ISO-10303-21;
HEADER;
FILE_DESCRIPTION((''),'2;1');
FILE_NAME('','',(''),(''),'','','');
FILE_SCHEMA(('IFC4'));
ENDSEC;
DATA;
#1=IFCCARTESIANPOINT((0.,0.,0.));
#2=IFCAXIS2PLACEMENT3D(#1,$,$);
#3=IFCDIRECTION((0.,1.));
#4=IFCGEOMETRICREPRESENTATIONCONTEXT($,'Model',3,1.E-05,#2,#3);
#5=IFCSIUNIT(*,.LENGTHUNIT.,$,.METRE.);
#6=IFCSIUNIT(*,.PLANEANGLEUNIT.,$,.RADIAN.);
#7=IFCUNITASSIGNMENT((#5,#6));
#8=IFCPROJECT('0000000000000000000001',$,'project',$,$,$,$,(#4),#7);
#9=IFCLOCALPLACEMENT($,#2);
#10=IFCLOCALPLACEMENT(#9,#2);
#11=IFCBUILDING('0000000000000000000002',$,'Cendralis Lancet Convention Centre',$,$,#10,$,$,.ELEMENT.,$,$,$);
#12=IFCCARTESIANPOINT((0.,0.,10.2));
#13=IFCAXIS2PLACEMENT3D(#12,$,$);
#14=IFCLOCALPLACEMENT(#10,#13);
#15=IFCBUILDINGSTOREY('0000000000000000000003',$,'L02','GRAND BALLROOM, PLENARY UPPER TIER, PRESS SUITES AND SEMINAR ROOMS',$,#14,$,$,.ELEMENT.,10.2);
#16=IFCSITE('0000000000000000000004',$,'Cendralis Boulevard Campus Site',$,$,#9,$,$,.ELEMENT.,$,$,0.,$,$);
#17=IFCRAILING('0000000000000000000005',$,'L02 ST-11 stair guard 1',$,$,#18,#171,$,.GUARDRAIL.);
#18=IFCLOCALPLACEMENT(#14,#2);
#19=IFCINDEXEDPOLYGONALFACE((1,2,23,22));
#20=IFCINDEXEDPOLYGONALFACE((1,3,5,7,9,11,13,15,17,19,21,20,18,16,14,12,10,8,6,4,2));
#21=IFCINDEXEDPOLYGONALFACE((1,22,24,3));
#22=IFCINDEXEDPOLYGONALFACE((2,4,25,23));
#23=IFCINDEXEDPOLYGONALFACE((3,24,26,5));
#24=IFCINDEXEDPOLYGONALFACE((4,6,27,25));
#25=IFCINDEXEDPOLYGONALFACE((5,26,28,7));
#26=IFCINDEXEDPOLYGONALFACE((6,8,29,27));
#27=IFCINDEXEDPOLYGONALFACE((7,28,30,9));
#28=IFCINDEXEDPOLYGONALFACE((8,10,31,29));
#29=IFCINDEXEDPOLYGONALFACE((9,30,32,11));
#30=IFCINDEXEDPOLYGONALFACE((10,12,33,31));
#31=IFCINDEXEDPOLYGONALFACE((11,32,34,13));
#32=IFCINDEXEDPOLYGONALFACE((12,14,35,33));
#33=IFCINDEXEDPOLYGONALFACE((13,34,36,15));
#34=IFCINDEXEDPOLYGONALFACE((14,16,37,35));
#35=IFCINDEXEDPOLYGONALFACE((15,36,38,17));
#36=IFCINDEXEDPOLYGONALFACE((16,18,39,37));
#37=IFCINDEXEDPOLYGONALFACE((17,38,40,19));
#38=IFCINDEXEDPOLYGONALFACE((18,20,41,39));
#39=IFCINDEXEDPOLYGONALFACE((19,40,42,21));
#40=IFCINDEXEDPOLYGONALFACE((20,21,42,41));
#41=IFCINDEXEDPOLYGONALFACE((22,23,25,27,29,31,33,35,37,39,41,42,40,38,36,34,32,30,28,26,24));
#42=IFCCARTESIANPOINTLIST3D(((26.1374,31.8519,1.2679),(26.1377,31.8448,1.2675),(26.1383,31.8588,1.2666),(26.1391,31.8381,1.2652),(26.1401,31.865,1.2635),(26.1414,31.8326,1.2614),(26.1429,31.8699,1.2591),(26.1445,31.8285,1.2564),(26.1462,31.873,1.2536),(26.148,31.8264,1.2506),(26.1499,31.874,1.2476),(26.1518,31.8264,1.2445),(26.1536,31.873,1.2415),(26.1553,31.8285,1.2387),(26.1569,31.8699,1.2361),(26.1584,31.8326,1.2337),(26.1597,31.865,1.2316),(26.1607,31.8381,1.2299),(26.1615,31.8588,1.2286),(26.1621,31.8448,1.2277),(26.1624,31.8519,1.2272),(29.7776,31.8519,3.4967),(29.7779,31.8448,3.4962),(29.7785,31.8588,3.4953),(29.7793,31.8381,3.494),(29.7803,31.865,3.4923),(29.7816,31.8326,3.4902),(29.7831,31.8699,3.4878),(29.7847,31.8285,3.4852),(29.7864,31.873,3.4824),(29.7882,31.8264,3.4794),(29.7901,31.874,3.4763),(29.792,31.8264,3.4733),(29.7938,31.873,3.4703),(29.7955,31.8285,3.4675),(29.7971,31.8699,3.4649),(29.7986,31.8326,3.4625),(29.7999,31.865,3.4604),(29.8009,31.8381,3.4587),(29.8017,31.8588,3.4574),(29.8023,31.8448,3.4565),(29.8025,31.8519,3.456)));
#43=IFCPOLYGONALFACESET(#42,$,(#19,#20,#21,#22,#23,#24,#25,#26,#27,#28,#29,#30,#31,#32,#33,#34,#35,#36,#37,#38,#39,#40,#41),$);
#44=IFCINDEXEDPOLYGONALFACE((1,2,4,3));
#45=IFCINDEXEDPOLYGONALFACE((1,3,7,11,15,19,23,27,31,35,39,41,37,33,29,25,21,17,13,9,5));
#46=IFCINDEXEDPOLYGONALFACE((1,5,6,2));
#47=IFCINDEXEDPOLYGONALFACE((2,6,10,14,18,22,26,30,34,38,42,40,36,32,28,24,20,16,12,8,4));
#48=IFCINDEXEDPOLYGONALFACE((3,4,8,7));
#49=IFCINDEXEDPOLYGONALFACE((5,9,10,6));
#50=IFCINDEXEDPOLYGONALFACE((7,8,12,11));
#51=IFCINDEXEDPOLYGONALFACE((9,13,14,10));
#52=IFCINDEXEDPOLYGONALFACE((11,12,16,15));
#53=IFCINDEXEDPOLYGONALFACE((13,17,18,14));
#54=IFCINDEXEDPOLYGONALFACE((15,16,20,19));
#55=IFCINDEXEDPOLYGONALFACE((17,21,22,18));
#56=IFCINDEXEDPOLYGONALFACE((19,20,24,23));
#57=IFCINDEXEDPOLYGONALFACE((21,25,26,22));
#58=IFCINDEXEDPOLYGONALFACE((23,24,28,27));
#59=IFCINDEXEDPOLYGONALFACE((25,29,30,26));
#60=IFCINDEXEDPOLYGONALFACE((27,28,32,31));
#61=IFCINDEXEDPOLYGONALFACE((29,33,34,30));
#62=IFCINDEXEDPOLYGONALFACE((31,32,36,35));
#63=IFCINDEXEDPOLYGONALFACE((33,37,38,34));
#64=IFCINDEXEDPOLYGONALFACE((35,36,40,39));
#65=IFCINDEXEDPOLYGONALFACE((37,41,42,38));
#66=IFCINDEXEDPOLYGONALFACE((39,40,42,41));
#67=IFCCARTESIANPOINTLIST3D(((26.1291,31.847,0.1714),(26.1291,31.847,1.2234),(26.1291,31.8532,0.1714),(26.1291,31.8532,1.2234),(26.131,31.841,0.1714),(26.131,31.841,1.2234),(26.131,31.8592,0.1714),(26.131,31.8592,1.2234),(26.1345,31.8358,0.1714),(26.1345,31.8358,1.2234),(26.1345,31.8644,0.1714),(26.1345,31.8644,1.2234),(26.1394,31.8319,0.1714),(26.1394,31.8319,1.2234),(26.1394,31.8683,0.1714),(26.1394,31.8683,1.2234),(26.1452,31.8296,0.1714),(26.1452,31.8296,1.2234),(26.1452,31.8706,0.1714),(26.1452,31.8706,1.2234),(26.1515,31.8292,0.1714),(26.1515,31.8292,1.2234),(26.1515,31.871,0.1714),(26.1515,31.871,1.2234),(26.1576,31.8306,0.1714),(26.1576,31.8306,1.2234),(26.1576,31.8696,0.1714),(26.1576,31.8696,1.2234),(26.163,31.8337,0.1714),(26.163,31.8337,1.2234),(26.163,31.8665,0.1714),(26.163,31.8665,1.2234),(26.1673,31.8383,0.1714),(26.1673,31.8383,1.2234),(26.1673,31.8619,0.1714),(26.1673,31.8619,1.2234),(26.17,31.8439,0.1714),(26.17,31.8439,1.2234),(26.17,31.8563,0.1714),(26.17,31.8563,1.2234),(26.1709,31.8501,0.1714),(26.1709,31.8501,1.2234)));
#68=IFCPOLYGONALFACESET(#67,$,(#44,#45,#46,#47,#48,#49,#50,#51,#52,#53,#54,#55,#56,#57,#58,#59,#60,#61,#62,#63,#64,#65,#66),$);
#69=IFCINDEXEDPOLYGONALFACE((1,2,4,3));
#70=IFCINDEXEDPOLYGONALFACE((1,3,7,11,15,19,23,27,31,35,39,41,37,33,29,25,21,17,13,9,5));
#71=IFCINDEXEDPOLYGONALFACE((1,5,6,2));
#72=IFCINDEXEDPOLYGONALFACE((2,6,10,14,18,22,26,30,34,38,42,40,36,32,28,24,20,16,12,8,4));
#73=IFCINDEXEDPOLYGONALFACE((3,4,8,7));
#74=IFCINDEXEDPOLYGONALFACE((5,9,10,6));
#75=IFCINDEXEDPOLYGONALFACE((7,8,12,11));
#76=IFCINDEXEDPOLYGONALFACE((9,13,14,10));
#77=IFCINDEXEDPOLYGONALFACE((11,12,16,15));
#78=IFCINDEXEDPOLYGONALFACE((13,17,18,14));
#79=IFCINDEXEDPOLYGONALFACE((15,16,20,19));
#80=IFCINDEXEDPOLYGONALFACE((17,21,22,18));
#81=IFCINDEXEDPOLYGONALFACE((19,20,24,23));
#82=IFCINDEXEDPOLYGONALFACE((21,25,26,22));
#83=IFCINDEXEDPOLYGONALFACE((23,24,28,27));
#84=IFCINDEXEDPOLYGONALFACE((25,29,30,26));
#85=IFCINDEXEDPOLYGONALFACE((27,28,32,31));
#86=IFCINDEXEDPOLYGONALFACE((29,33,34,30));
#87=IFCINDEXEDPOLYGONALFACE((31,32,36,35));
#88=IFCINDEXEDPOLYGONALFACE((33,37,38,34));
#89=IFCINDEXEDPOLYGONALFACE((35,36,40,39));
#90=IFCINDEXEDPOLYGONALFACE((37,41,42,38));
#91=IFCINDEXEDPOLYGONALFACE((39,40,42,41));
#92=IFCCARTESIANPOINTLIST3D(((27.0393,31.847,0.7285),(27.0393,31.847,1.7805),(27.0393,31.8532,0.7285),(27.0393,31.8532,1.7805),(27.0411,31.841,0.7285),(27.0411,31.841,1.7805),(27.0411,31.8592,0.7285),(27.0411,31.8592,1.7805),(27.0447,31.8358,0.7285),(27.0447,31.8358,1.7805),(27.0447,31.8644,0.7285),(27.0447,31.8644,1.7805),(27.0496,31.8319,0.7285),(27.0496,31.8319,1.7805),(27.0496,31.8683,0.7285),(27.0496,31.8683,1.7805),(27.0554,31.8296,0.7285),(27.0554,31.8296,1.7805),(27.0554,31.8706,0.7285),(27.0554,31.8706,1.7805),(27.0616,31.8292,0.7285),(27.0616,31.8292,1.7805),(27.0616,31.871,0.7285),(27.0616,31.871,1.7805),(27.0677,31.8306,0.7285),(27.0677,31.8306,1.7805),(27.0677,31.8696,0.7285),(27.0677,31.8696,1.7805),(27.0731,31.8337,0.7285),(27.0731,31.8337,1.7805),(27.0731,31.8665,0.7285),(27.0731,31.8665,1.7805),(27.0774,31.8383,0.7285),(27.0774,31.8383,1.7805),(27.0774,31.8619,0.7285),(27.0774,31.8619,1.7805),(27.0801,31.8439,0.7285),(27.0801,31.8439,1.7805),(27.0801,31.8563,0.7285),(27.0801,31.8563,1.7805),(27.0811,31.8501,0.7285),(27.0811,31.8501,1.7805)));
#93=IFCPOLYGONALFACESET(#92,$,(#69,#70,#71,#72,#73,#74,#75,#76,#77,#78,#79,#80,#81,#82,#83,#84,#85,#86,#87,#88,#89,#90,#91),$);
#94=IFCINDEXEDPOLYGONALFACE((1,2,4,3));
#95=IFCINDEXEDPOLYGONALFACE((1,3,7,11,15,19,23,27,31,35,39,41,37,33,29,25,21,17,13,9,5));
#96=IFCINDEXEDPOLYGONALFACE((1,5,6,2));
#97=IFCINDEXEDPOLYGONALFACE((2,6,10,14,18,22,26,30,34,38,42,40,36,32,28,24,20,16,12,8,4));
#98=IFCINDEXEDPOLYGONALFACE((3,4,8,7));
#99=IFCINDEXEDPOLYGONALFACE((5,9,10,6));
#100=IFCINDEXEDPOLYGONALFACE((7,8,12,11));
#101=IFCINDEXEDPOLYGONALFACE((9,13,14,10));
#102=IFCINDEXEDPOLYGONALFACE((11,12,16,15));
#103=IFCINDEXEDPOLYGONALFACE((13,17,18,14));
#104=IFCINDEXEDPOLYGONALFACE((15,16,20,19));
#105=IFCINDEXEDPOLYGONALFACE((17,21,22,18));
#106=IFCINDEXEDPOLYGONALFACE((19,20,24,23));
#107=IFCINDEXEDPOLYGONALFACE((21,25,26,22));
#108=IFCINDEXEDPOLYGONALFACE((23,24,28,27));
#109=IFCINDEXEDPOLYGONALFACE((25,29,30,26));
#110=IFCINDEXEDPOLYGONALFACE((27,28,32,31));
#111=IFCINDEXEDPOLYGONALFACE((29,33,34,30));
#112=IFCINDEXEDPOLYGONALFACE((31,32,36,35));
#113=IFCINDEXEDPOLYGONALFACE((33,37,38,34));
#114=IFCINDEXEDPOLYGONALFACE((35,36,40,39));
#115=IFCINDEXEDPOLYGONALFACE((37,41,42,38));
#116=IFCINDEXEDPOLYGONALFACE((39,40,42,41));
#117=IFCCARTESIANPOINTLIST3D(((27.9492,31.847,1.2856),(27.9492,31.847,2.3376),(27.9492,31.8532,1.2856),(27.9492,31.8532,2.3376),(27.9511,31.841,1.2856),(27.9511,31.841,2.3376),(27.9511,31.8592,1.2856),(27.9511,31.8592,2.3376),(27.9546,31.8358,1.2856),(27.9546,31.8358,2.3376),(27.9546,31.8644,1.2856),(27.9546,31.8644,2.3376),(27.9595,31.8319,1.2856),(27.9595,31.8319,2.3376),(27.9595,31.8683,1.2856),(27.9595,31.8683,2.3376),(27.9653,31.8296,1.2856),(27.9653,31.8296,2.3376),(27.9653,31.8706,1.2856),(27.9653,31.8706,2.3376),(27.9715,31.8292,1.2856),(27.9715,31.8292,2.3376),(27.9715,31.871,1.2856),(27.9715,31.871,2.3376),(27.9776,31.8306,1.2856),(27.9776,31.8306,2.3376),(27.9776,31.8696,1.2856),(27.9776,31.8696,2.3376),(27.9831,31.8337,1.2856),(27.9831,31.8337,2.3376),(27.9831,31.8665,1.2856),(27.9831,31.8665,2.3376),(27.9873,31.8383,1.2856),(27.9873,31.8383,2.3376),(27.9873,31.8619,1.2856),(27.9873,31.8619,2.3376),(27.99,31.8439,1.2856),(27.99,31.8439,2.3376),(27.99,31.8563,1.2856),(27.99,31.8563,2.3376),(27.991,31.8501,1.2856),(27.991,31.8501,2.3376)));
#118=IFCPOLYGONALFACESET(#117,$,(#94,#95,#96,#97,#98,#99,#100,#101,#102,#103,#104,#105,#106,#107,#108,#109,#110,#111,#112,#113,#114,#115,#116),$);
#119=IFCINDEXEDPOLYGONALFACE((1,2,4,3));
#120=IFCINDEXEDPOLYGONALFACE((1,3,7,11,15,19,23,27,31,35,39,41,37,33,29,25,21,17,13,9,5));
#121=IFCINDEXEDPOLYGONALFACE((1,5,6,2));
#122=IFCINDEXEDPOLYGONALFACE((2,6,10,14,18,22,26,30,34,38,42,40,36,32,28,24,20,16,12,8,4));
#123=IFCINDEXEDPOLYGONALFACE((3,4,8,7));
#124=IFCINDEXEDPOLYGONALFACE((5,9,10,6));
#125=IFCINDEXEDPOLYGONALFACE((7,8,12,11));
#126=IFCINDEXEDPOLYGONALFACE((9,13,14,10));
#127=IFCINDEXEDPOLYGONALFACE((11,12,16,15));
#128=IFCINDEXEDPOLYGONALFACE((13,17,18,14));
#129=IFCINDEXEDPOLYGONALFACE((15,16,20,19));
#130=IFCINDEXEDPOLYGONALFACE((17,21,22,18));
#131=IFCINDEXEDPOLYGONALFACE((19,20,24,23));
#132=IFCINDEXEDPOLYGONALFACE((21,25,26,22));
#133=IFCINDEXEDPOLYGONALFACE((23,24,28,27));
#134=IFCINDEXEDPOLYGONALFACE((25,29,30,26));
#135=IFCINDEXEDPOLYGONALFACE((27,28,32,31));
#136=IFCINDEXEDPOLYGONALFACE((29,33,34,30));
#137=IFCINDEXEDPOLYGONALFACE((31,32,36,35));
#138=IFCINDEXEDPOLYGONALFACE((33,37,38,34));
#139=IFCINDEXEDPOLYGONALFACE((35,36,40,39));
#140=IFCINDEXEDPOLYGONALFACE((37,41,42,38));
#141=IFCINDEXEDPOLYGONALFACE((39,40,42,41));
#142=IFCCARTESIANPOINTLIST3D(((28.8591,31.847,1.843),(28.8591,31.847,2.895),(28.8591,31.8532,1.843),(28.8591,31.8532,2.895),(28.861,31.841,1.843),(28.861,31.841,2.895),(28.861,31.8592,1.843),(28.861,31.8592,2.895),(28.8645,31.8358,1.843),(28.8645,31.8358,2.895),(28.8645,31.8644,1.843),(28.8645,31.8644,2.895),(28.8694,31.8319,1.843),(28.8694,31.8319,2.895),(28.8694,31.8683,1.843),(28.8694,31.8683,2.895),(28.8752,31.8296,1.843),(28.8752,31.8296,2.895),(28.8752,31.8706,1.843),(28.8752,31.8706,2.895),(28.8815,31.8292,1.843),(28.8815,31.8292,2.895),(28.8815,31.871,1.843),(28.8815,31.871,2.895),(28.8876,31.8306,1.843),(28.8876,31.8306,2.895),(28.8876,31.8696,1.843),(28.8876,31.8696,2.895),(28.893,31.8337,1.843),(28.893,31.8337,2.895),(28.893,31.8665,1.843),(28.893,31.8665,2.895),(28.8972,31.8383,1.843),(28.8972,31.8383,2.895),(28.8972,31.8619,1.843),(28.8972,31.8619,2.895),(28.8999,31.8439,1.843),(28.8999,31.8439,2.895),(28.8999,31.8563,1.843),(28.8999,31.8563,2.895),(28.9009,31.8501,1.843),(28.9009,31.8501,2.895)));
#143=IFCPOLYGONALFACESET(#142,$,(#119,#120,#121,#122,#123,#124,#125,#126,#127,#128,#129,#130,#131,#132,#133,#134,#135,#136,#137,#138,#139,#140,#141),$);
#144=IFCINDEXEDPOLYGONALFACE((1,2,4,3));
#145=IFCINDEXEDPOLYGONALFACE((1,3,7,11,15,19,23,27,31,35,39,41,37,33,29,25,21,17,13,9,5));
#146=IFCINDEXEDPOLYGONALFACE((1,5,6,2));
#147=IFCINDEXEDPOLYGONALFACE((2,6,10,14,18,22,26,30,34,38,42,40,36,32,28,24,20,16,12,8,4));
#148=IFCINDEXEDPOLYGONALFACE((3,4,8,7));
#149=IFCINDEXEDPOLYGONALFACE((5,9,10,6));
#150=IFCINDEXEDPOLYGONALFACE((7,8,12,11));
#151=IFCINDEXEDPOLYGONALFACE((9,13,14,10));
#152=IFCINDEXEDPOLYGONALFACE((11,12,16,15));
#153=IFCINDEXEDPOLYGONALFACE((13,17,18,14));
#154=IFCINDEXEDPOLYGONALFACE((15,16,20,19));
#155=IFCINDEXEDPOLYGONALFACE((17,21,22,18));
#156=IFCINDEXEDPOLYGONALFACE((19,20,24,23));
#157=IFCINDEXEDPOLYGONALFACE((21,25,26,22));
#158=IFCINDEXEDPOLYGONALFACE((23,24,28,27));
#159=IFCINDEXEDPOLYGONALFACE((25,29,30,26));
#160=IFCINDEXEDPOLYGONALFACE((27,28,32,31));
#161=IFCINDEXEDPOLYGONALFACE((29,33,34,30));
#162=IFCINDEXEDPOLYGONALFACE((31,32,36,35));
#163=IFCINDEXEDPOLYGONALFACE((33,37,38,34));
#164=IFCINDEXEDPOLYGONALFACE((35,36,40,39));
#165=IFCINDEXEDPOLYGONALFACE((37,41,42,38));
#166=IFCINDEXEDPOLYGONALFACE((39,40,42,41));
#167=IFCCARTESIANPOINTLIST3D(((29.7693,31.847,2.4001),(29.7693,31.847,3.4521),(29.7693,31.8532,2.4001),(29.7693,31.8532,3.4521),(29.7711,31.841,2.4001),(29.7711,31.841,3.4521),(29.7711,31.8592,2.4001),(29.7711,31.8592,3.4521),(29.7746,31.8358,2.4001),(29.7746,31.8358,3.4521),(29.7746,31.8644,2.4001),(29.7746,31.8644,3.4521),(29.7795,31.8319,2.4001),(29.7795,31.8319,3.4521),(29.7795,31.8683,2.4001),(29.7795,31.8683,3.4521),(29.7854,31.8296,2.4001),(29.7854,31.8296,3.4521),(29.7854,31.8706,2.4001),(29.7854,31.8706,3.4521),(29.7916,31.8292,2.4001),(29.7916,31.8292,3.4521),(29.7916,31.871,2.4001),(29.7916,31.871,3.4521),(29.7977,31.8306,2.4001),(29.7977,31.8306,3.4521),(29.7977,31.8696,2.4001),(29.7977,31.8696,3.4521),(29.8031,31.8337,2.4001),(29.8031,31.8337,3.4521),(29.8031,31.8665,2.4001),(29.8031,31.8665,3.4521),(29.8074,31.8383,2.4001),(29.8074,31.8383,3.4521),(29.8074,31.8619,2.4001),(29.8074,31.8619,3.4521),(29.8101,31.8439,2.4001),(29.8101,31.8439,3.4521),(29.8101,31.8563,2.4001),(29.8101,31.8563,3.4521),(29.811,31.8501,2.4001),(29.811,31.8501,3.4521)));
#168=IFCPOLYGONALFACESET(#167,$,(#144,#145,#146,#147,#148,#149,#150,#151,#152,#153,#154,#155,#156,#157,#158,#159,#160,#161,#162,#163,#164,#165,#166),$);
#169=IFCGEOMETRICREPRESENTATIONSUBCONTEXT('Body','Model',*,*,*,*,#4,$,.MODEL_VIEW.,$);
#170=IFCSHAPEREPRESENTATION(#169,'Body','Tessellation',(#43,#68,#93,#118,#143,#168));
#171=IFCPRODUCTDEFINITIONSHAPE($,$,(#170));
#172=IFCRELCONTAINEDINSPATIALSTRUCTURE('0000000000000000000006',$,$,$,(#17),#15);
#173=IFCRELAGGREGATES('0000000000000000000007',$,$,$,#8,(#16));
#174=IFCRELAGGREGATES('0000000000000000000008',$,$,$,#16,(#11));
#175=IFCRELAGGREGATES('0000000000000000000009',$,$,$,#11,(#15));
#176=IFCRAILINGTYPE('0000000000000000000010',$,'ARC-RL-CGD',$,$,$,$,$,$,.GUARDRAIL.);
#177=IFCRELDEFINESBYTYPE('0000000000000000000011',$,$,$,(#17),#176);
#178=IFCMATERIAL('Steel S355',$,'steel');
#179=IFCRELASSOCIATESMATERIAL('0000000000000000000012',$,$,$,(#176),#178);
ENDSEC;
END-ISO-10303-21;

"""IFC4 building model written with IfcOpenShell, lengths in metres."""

from ifc_helpers import new_model, si_unit, direction, frame, origin, origin_2d, place, context, subcontext, project, spatial, circle, extrude, material, type_object, element, save


model = new_model("IFC4")

# Units and contexts
model_context = context("Model", 3, precision=1e-05, world=origin(), true_north=direction((0.0, 1.0)))
body_context = subcontext(model_context, "Body", "Model", "MODEL_VIEW")
ifc_project = project(units=[si_unit("LENGTHUNIT", "METRE"), si_unit("PLANEANGLEUNIT", "RADIAN")], contexts=[model_context])

# Site, building, storey
site_placement = place(None, origin())
site = spatial("IfcSite", under=ifc_project, at=site_placement, Name="Cendralis Boulevard Campus Site", CompositionType="ELEMENT", RefElevation=0.0)
building_placement = place(site_placement, origin())
building = spatial("IfcBuilding", under=site, at=building_placement, Name="Cendralis Lancet Convention Centre", CompositionType="ELEMENT")
storey_placement = place(building_placement, frame((0.0, 0.0, 10.2)))
storey = spatial("IfcBuildingStorey", under=building, at=storey_placement, Name="L02", Description="GRAND BALLROOM, PLENARY UPPER TIER, PRESS SUITES AND SEMINAR ROOMS", CompositionType="ELEMENT", Elevation=10.2)

# Shared definitions
ifc_material_1 = material(Name="Steel S355", Category="steel")

# Railing
railing_type_1 = type_object("IfcRailingType", Name="ARC-RL-CGD", PredefinedType="GUARDRAIL", material=ifc_material_1)
railing_1_placement = place(storey_placement, frame((26.1499, 31.8501, 0.1714)))
element("IfcRailing", 1, at=railing_1_placement, inside=storey, type_object=railing_type_1, Name="L02 ST-11 stair guard 1", PredefinedType="GUARDRAIL", context=body_context, shape_type="SweptSolid", body=[
    extrude(circle(Radius=0.0239, at=origin_2d()), frame((0.0, 0.0, 1.0762), z_axis=(0.85284, 0.0, 0.522172), x_axis=(0.0, 1.0, 0.0)), (0.0, 0.0, 1.0), 4.2683),
    extrude(circle(Radius=0.021, at=origin_2d()), origin(), (0.0, 0.0, 1.0), 1.052),
    extrude(circle(Radius=0.021, at=origin_2d()), frame((0.9102, 0.0, 0.5571)), (0.0, 0.0, 1.0), 1.052),
    extrude(circle(Radius=0.021, at=origin_2d()), frame((1.8201, 0.0, 1.1143)), (0.0, 0.0, 1.0), 1.052),
    extrude(circle(Radius=0.021, at=origin_2d()), frame((2.73, 0.0, 1.6716)), (0.0, 0.0, 1.0), 1.052),
    extrude(circle(Radius=0.021, at=origin_2d()), frame((3.6401, 0.0, 2.2288)), (0.0, 0.0, 1.0), 1.052),
])

save(model, "model.ifc")
